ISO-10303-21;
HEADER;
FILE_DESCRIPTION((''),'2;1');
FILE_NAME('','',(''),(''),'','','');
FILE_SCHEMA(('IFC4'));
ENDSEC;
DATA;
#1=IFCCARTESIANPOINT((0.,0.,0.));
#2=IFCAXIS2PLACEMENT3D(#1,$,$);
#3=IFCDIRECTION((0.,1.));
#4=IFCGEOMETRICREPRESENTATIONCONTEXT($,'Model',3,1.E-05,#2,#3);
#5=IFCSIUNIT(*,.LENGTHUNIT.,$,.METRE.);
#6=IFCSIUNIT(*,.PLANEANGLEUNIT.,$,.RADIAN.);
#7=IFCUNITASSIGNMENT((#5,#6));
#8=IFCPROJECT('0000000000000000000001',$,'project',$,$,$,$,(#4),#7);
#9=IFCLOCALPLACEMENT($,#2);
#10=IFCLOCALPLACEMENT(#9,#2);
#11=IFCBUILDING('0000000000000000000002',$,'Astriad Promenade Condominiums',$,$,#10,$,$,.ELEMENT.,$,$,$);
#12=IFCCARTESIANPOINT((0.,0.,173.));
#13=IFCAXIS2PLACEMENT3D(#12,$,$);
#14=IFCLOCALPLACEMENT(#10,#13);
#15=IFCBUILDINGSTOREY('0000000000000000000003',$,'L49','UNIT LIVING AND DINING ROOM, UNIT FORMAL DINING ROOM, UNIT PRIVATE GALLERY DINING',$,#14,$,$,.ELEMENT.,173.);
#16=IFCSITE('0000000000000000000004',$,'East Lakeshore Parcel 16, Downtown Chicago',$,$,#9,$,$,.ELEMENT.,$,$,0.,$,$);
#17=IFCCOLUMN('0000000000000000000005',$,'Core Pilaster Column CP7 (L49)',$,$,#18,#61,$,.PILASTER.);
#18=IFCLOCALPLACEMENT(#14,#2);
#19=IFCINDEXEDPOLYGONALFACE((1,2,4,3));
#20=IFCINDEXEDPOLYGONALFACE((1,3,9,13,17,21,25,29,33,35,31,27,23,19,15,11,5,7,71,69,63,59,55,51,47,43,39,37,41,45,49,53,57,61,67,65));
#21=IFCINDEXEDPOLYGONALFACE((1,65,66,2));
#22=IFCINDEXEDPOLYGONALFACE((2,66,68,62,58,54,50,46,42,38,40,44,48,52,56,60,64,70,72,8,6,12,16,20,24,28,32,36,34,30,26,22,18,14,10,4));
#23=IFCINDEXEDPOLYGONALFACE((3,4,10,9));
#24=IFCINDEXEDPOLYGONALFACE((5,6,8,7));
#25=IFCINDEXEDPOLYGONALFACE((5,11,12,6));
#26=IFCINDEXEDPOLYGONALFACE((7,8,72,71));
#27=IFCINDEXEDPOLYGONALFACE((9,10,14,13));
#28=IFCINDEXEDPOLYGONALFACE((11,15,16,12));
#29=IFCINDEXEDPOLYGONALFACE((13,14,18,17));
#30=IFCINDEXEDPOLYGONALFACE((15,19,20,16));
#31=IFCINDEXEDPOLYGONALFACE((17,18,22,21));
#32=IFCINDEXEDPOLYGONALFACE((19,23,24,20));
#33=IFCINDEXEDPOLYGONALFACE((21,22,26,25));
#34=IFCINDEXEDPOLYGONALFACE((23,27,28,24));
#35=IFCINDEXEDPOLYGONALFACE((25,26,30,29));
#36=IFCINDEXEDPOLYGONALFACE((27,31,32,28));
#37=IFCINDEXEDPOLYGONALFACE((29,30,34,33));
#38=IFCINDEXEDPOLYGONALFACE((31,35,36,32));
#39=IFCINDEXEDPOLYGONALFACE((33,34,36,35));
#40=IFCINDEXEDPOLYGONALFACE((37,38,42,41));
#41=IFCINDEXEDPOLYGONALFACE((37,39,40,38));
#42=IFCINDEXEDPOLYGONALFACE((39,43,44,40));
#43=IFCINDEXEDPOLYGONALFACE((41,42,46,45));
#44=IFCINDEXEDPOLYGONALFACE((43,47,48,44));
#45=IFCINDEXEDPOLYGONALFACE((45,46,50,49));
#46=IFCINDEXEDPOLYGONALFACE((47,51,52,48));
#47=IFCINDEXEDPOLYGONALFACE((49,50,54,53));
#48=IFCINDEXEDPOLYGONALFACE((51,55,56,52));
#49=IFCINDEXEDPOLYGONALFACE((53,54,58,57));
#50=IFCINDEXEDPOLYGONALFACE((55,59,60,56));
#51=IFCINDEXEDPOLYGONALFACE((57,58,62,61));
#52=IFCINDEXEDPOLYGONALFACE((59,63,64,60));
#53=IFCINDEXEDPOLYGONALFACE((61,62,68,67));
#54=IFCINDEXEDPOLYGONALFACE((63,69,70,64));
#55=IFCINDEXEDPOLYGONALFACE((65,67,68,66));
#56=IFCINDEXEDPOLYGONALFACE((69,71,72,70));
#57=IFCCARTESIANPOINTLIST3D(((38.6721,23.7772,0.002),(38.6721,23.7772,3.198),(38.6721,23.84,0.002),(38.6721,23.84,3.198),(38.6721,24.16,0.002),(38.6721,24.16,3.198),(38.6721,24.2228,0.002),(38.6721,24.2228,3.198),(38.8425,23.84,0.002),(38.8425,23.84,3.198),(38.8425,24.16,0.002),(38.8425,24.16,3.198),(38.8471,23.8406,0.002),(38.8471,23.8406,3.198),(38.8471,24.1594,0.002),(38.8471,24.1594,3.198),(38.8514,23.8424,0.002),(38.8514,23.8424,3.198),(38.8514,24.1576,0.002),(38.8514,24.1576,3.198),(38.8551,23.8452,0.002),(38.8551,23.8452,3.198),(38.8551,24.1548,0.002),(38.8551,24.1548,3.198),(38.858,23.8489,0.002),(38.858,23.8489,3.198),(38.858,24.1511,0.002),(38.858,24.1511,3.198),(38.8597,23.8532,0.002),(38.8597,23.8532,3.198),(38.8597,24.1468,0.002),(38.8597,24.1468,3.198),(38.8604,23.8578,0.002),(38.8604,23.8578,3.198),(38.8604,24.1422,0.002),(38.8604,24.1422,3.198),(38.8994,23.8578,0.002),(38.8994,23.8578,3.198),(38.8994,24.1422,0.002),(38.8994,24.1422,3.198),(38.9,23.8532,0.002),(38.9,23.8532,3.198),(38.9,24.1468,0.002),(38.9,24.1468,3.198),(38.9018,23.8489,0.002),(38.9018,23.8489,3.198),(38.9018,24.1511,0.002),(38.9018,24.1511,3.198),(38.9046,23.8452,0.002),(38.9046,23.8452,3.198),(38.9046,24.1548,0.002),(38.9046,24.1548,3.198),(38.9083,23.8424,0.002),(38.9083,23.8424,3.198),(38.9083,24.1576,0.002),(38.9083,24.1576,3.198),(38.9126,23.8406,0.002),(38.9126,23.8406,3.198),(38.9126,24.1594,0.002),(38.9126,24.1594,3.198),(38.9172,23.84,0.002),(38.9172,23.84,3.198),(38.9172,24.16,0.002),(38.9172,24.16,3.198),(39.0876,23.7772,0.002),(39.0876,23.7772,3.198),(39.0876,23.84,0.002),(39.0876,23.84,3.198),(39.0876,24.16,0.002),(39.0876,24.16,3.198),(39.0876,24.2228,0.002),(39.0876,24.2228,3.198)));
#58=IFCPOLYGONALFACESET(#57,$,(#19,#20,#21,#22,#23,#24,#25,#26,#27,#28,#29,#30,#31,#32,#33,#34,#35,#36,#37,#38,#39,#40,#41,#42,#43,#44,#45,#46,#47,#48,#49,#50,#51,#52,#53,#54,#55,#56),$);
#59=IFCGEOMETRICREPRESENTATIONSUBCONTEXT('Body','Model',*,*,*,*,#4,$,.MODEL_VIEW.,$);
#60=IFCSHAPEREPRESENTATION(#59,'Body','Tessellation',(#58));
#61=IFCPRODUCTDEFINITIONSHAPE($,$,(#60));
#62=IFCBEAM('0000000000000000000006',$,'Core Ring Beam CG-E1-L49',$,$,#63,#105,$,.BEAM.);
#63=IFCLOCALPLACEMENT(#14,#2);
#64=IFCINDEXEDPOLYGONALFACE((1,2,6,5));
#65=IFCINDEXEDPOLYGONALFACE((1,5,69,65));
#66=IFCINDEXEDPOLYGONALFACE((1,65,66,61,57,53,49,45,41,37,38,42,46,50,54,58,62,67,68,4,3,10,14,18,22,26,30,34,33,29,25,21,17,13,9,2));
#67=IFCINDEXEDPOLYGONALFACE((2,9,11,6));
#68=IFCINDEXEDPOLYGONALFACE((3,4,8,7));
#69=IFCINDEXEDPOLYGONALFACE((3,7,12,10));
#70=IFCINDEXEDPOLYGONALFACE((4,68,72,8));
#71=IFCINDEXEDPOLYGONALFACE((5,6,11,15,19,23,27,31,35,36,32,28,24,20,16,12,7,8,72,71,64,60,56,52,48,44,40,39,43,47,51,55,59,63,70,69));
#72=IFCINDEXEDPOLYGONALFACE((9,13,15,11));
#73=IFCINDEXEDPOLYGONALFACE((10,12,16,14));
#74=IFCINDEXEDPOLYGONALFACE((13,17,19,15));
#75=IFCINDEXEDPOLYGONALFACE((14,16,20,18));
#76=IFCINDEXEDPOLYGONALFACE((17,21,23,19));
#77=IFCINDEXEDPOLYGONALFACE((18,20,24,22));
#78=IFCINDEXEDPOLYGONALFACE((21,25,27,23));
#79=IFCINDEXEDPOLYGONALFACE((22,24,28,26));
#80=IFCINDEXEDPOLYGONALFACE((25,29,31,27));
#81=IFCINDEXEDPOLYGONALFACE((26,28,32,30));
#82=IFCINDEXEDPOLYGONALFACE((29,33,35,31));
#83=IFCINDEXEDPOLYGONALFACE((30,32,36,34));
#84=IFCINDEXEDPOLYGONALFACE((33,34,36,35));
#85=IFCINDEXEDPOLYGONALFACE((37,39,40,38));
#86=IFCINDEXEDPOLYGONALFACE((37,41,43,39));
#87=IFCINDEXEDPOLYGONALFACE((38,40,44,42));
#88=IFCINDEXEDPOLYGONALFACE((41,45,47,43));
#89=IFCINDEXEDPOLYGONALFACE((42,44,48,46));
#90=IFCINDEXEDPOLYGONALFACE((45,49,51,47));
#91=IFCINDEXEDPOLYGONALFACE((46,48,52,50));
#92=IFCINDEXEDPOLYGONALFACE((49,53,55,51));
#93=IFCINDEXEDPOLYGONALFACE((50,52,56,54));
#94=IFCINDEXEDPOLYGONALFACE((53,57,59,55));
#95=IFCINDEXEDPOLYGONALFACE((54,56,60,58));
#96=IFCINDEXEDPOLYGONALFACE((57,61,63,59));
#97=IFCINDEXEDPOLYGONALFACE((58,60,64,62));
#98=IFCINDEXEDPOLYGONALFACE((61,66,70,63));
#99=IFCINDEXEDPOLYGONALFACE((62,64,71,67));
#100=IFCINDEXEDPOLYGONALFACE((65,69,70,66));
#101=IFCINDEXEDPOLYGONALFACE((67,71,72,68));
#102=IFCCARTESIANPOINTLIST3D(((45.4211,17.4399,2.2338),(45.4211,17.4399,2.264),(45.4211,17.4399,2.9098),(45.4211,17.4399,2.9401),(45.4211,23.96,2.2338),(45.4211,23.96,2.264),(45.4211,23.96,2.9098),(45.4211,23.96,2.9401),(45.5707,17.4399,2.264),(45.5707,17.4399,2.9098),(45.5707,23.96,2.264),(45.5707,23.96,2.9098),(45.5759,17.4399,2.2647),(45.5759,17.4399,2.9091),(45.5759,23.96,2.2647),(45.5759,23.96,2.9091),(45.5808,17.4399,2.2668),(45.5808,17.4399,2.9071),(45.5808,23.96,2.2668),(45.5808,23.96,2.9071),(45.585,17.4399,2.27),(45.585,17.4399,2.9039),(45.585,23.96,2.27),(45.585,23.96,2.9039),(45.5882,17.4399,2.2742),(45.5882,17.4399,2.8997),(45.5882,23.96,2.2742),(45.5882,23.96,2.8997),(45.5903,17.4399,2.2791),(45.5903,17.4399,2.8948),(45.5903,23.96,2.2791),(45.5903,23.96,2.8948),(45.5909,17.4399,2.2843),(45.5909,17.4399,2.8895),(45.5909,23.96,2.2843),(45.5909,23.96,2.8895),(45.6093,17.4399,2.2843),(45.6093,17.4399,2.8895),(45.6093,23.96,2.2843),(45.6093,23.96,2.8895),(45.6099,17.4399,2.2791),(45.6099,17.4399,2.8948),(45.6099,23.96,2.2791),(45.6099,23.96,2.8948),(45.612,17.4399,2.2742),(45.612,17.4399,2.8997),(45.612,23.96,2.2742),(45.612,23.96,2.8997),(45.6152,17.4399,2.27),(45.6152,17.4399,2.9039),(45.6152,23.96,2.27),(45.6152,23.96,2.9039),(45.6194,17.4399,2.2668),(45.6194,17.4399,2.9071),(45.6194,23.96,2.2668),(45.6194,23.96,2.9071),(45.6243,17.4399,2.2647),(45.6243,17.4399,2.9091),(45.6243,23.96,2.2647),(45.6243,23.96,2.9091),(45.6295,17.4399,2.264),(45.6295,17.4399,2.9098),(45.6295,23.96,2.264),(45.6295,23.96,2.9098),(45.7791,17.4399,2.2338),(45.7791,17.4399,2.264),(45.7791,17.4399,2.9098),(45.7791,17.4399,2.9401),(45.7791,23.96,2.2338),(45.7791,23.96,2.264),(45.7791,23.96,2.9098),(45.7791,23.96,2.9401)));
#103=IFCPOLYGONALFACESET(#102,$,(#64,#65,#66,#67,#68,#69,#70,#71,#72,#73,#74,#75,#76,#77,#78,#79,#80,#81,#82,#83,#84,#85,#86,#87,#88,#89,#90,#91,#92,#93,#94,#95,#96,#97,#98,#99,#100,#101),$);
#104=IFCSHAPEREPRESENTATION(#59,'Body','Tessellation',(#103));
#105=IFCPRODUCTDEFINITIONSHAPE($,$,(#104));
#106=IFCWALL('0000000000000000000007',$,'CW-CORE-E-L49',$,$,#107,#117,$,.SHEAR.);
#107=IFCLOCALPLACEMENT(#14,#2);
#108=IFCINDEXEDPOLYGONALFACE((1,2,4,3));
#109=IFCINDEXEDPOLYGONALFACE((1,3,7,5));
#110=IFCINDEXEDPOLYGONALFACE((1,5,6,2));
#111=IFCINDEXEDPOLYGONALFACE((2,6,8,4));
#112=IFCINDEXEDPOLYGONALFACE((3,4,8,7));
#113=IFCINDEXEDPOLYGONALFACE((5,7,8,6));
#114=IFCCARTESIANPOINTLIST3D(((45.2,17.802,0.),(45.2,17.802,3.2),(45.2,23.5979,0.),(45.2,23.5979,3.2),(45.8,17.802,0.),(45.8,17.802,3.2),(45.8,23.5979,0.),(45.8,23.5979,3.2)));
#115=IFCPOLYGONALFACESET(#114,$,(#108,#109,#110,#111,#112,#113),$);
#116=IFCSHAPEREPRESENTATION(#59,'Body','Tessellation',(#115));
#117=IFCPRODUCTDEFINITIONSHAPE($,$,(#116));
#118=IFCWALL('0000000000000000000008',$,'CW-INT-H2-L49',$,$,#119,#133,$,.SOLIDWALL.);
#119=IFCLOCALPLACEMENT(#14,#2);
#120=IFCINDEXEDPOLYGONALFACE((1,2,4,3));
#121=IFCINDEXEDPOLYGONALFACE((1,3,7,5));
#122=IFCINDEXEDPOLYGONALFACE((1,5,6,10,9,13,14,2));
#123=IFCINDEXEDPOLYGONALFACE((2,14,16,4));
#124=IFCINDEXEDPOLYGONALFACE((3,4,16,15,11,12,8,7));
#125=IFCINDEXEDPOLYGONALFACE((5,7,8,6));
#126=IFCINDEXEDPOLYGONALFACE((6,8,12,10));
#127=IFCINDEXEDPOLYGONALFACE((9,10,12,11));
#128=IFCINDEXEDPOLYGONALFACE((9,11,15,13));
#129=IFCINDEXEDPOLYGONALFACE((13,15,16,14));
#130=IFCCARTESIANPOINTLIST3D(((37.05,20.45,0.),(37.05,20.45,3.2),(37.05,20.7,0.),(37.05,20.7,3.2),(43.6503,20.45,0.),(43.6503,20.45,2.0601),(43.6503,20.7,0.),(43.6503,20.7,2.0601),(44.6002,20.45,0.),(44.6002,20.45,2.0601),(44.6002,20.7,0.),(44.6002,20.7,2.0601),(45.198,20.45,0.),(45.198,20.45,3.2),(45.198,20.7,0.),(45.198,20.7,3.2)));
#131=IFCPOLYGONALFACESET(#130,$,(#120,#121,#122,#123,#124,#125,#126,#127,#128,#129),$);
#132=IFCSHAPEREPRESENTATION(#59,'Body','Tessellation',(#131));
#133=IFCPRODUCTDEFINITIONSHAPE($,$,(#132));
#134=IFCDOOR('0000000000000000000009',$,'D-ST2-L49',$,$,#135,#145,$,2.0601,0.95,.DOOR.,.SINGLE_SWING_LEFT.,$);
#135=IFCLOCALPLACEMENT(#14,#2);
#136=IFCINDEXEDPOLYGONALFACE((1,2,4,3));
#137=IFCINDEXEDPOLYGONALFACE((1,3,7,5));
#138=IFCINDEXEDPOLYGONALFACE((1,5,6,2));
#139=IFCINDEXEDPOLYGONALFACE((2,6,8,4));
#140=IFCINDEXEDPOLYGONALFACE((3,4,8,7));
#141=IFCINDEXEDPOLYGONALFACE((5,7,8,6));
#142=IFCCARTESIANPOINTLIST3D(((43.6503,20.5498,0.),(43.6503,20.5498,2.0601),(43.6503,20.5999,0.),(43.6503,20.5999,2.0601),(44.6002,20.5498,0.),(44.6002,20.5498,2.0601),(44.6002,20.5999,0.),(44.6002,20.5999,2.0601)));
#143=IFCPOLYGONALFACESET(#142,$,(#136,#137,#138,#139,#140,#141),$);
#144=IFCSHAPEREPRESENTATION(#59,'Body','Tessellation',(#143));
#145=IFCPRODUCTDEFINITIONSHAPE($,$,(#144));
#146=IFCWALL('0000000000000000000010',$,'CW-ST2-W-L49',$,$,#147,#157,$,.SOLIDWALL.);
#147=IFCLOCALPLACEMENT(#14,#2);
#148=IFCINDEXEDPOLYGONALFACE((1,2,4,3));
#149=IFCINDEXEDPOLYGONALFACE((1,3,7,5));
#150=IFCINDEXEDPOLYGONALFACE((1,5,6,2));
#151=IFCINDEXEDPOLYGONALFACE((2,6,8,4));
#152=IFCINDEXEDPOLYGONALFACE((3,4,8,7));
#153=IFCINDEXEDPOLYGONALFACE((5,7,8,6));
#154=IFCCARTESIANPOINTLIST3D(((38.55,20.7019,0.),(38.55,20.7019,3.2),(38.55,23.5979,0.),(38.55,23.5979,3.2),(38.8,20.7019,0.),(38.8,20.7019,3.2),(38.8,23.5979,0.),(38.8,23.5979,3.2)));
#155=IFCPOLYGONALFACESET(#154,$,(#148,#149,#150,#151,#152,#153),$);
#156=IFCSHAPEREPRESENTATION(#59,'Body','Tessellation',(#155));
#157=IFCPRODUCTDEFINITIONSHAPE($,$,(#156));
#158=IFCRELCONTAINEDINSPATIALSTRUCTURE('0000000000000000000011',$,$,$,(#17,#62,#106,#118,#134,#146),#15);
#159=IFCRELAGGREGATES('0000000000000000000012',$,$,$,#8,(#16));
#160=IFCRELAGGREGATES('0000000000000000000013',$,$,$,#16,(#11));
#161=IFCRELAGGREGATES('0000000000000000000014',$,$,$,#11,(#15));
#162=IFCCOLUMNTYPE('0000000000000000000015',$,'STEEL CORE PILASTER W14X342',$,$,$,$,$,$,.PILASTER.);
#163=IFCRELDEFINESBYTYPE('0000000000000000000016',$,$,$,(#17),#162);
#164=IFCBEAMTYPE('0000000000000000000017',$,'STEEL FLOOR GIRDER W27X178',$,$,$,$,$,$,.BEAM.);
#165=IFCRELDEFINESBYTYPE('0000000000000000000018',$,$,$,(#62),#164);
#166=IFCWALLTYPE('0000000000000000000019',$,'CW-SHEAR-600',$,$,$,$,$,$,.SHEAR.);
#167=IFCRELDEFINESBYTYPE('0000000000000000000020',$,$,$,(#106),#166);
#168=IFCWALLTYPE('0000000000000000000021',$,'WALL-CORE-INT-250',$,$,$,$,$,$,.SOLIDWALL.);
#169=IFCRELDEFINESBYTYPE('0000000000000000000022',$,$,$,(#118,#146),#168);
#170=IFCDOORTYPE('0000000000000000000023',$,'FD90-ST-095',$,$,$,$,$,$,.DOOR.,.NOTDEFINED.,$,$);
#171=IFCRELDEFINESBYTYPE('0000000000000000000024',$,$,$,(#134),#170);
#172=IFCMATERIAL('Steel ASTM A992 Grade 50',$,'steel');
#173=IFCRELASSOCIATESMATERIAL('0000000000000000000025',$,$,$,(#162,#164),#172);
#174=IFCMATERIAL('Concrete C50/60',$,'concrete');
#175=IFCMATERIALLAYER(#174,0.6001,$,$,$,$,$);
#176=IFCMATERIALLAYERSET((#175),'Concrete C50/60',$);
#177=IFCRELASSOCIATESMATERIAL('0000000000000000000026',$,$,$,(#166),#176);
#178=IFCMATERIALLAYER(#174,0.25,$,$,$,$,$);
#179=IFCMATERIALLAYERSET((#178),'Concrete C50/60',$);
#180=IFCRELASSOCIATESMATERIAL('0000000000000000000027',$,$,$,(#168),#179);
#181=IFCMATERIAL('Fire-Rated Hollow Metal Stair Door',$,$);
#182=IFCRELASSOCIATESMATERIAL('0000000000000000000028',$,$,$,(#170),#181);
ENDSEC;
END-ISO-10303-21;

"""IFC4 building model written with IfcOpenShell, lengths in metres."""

from ifc_helpers import new_model, si_unit, direction, frame, frame_2d, origin, origin_2d, place, context, subcontext, project, spatial, rectangle, i_section, extrude, source, transform, mapped, material, layer, layer_set, material_profile, profile_set, type_object, type_shapes, element, fill, save


model = new_model("IFC4")

# Units and contexts
model_context = context("Model", 3, precision=1e-05, world=origin(), true_north=direction((0.0, 1.0)))
body_context = subcontext(model_context, "Body", "Model", "MODEL_VIEW")
ifc_project = project(units=[si_unit("LENGTHUNIT", "METRE"), si_unit("PLANEANGLEUNIT", "RADIAN")], contexts=[model_context])

# Site, building, storey
site_placement = place(None, origin())
site = spatial("IfcSite", under=ifc_project, at=site_placement, Name="East Lakeshore Parcel 16, Downtown Chicago", CompositionType="ELEMENT", RefElevation=0.0)
building_placement = place(site_placement, origin())
building = spatial("IfcBuilding", under=site, at=building_placement, Name="Astriad Promenade Condominiums", CompositionType="ELEMENT")
storey_placement = place(building_placement, frame((0.0, 0.0, 173.0)))
storey = spatial("IfcBuildingStorey", under=building, at=storey_placement, Name="L49", Description="UNIT LIVING AND DINING ROOM, UNIT FORMAL DINING ROOM, UNIT PRIVATE GALLERY DINING", CompositionType="ELEMENT", Elevation=173.0)

# Column
ifc_material_1 = material(Name="Steel ASTM A992 Grade 50", Category="steel")
ifc_material_profile_1 = material_profile(ifc_material_1, i_section(OverallWidth=0.4155, OverallDepth=0.4456, WebThickness=0.0391, FlangeThickness=0.0627, FilletRadius=0.0178, at=origin_2d()), Name="W14X342")
ifc_profile_set_1 = profile_set([ifc_material_profile_1], Name="Steel ASTM A992 Grade 50")
column_type = type_object("IfcColumnType", Name="STEEL CORE PILASTER W14X342", PredefinedType="PILASTER", material=ifc_profile_set_1)
shared_shape_1 = source(origin(), body_context, "Body", "SweptSolid", [
    extrude(i_section(OverallWidth=0.4155, OverallDepth=0.4456, WebThickness=0.0391, FlangeThickness=0.0627, FilletRadius=0.0178, at=origin_2d()), origin(), (0.0, 0.0, 1.0), 3.196),
])
type_shapes(column_type, [shared_shape_1])
column_placement = place(storey_placement, frame((38.8799, 24.0, 0.002), z_axis=(0.0, 0.0, 1.0), x_axis=(1.0, 0.0, 0.0)))
element("IfcColumn", 1, at=column_placement, inside=storey, type_object=column_type, Name="Core Pilaster Column CP7 (L49)", PredefinedType="PILASTER", context=body_context, shape_type="MappedRepresentation", body=[
    mapped(shared_shape_1, transform((0.0, 0.0, 0.0), scale=1.0)),
])

# Beam
ifc_material_profile_2 = material_profile(ifc_material_1, i_section(OverallWidth=0.3579, OverallDepth=0.7063, WebThickness=0.0183, FlangeThickness=0.0303, FilletRadius=0.0203, at=origin_2d()), Name="W27X178")
ifc_profile_set_2 = profile_set([ifc_material_profile_2], Name="Steel ASTM A992 Grade 50")
beam_type = type_object("IfcBeamType", Name="STEEL FLOOR GIRDER W27X178", PredefinedType="BEAM", material=ifc_profile_set_2)
shared_shape_2 = source(origin(), body_context, "Body", "SweptSolid", [
    extrude(i_section(OverallWidth=0.3579, OverallDepth=0.7063, WebThickness=0.0183, FlangeThickness=0.0303, FilletRadius=0.0203, at=origin_2d()), origin(), (0.0, 0.0, 1.0), 6.52),
])
type_shapes(beam_type, [shared_shape_2])
beam_placement = place(storey_placement, frame((45.6001, 17.4399, 2.5869), z_axis=(0.0, 1.0, 0.0), x_axis=(-1.0, 0.0, 0.0)))
element("IfcBeam", 2, at=beam_placement, inside=storey, type_object=beam_type, Name="Core Ring Beam CG-E1-L49", PredefinedType="BEAM", context=body_context, shape_type="MappedRepresentation", body=[
    mapped(shared_shape_2, transform((0.0, 0.0, 0.0), scale=1.0)),
])

# Wall
ifc_material_2 = material(Name="Concrete C50/60", Category="concrete")
ifc_layer_1 = layer(ifc_material_2, 0.6001)
ifc_layer_set_1 = layer_set([ifc_layer_1], Name="Concrete C50/60")
wall_type_1 = type_object("IfcWallType", Name="CW-SHEAR-600", PredefinedType="SHEAR", material=ifc_layer_set_1)
wall_1_placement = place(storey_placement, frame((45.5, 17.802, 0.0), z_axis=(0.0, 0.0, 1.0), x_axis=(0.0, 1.0, 0.0)))
element("IfcWall", 3, at=wall_1_placement, inside=storey, type_object=wall_type_1, Name="CW-CORE-E-L49", PredefinedType="SHEAR", context=body_context, shape_type="SweptSolid", body=[
    extrude(rectangle(XDim=5.7959, YDim=0.6001, at=frame_2d((2.8979, 0.0))), origin(), (0.0, 0.0, 1.0), 3.2),
])

# Wall, opening, door
ifc_layer_2 = layer(ifc_material_2, 0.25)
ifc_layer_set_2 = layer_set([ifc_layer_2], Name="Concrete C50/60")
wall_type_2 = type_object("IfcWallType", Name="WALL-CORE-INT-250", PredefinedType="SOLIDWALL", material=ifc_layer_set_2)
wall_2_placement = place(storey_placement, frame((37.05, 20.575, 0.0), z_axis=(0.0, 0.0, 1.0), x_axis=(1.0, 0.0, 0.0)))
wall_2 = element("IfcWall", 4, at=wall_2_placement, inside=storey, type_object=wall_type_2, Name="CW-INT-H2-L49", PredefinedType="SOLIDWALL", context=body_context, shape_type="SweptSolid", body=[
    extrude(rectangle(XDim=8.1479, YDim=0.25, at=frame_2d((4.074, 0.0))), origin(), (0.0, 0.0, 1.0), 3.2),
])
opening_1_placement = place(wall_2_placement, frame((6.6001, 0.0, 0.0)))
opening_1 = element("IfcOpeningElement", 5, at=opening_1_placement, cuts=wall_2, PredefinedType="OPENING", context=body_context, shape_type="SweptSolid", body=[
    extrude(rectangle(XDim=0.95, YDim=2.0601, at=frame_2d((0.4751, 1.03))), frame((0.0, 0.135, 0.0), z_axis=(0.0, -1.0, 0.0), x_axis=(1.0, 0.0, 0.0)), (0.0, 0.0, 1.0), 0.27),
])
ifc_material_3 = material(Name="Fire-Rated Hollow Metal Stair Door")
door_type_1 = type_object("IfcDoorType", Name="FD90-ST-095", OperationType="NOTDEFINED", PredefinedType="DOOR", material=ifc_material_3)
shared_shape_3 = source(origin(), body_context, "Body", "SweptSolid", [
    extrude(rectangle(XDim=0.95, YDim=2.0601, at=frame_2d((0.4751, 1.03))), frame((0.0, 0.0249, 0.0), z_axis=(0.0, -1.0, 0.0), x_axis=(1.0, 0.0, 0.0)), (0.0, 0.0, 1.0), 0.05),
])
type_shapes(door_type_1, [shared_shape_3])
door_1_placement = place(opening_1_placement, origin())
door_1 = element("IfcDoor", 6, at=door_1_placement, inside=storey, type_object=door_type_1, Name="D-ST2-L49", OperationType="SINGLE_SWING_LEFT", OverallHeight=2.0601, OverallWidth=0.95, PredefinedType="DOOR", context=body_context, shape_type="MappedRepresentation", body=[
    mapped(shared_shape_3, transform((0.0, 0.0, 0.0), scale=1.0)),
])
fill(opening_1, door_1)

# Wall
wall_3_placement = place(storey_placement, frame((38.675, 20.7019, 0.0), z_axis=(0.0, 0.0, 1.0), x_axis=(0.0, 1.0, 0.0)))
element("IfcWall", 7, at=wall_3_placement, inside=storey, type_object=wall_type_2, Name="CW-ST2-W-L49", PredefinedType="SOLIDWALL", context=body_context, shape_type="SweptSolid", body=[
    extrude(rectangle(XDim=2.896, YDim=0.25, at=frame_2d((1.448, 0.0))), origin(), (0.0, 0.0, 1.0), 3.2),
])

save(model, "model.ifc")
